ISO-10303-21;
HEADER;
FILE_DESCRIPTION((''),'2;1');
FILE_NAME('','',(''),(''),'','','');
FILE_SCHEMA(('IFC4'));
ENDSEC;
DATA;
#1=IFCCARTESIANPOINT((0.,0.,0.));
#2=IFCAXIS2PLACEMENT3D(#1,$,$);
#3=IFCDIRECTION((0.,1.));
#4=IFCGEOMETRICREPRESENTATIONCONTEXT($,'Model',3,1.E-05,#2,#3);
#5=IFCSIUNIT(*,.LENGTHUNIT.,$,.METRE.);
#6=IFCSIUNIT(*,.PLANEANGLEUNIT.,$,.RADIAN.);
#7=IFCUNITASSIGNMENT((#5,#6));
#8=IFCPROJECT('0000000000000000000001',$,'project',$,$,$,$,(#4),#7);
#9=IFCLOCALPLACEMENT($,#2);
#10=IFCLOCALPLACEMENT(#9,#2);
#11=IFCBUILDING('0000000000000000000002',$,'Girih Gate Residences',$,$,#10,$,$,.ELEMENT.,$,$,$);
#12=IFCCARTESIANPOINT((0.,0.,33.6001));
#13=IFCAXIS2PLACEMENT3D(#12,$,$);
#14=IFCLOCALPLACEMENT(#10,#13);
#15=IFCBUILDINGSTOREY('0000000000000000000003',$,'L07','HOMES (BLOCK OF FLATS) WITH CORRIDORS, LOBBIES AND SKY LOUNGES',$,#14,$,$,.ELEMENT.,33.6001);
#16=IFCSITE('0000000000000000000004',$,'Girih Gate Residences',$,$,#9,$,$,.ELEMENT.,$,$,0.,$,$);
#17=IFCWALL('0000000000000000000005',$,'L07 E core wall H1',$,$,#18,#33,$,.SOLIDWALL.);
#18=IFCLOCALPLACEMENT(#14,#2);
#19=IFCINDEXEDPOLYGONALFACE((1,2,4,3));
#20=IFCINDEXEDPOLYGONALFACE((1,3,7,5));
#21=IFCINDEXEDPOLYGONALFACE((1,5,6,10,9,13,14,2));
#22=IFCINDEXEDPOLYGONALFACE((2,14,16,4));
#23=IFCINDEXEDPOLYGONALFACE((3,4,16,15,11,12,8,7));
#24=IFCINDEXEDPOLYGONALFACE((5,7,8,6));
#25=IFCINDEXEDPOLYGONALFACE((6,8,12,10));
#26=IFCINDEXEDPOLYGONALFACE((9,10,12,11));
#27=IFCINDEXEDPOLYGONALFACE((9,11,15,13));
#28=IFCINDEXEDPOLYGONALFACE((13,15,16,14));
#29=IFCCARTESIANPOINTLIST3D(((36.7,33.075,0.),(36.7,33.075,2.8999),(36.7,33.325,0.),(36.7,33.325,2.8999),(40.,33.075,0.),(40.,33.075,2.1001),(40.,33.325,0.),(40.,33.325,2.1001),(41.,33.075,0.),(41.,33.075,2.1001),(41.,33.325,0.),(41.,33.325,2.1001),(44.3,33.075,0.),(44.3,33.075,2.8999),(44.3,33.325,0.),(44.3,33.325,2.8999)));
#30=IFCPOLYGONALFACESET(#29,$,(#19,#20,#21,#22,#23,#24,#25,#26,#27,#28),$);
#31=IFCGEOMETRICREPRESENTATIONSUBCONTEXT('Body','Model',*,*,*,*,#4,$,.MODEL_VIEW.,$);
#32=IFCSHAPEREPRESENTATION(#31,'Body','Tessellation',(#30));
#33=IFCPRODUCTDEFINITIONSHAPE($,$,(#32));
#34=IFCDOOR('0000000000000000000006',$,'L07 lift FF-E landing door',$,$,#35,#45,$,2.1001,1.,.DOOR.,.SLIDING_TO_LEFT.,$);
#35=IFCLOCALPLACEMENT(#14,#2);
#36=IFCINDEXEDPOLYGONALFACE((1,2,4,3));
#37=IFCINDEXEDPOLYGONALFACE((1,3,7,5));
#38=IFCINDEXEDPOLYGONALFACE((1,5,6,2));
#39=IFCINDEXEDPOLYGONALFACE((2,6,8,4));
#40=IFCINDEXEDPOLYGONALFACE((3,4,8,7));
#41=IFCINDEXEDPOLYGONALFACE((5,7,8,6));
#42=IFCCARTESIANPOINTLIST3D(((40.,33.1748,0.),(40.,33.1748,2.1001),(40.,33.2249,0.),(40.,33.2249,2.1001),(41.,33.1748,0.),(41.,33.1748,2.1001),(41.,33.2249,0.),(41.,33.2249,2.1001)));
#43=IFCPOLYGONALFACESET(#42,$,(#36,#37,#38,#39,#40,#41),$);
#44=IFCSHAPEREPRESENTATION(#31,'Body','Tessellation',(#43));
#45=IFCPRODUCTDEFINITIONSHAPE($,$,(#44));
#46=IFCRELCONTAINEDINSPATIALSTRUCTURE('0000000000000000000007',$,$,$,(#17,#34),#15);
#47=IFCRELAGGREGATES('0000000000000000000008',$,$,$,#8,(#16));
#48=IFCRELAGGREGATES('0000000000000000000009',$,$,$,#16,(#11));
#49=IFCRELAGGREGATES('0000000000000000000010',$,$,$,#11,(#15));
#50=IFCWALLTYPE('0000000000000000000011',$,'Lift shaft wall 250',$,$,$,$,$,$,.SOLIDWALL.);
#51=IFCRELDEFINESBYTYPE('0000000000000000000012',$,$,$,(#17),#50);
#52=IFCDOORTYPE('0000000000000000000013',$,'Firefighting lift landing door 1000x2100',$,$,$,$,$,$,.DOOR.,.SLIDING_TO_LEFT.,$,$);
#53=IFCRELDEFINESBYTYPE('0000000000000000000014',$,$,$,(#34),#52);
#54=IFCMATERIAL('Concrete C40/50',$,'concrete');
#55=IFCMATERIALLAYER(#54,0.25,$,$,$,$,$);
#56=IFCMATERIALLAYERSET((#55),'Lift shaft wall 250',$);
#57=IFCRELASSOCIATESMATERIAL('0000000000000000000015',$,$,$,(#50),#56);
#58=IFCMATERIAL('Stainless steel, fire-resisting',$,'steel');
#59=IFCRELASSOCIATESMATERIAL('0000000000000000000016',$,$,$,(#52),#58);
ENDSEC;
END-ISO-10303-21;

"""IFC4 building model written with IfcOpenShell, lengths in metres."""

from ifc_helpers import new_model, si_unit, direction, frame, frame_2d, origin, place, context, subcontext, project, spatial, rectangle, extrude, material, layer, layer_set, type_object, element, fill, save


model = new_model("IFC4")

# Units and contexts
model_context = context("Model", 3, precision=1e-05, world=origin(), true_north=direction((0.0, 1.0)))
body_context = subcontext(model_context, "Body", "Model", "MODEL_VIEW")
ifc_project = project(units=[si_unit("LENGTHUNIT", "METRE"), si_unit("PLANEANGLEUNIT", "RADIAN")], contexts=[model_context])

# Site, building, storey
site_placement = place(None, origin())
site = spatial("IfcSite", under=ifc_project, at=site_placement, Name="Girih Gate Residences", CompositionType="ELEMENT", RefElevation=0.0)
building_placement = place(site_placement, origin())
building = spatial("IfcBuilding", under=site, at=building_placement, Name="Girih Gate Residences", CompositionType="ELEMENT")
storey_placement = place(building_placement, frame((0.0, 0.0, 33.6001)))
storey = spatial("IfcBuildingStorey", under=building, at=storey_placement, Name="L07", Description="HOMES (BLOCK OF FLATS) WITH CORRIDORS, LOBBIES AND SKY LOUNGES", CompositionType="ELEMENT", Elevation=33.6001)

# Wall, opening, door
ifc_material_1 = material(Name="Concrete C40/50", Category="concrete")
ifc_layer_1 = layer(ifc_material_1, 0.25)
ifc_layer_set_1 = layer_set([ifc_layer_1], Name="Lift shaft wall 250")
wall_type_1 = type_object("IfcWallType", Name="Lift shaft wall 250", PredefinedType="SOLIDWALL", material=ifc_layer_set_1)
wall_1_placement = place(storey_placement, frame((36.7, 33.2, 0.0), z_axis=(0.0, 0.0, 1.0), x_axis=(1.0, 0.0, 0.0)))
wall_1 = element("IfcWall", 1, at=wall_1_placement, inside=storey, type_object=wall_type_1, Name="L07 E core wall H1", PredefinedType="SOLIDWALL", context=body_context, shape_type="SweptSolid", body=[
    extrude(rectangle(XDim=7.6001, YDim=0.25, at=frame_2d((3.8, 0.0))), origin(), (0.0, 0.0, 1.0), 2.8999),
])
opening_1_placement = place(wall_1_placement, frame((3.3, 0.0, 0.0)))
opening_1 = element("IfcOpeningElement", 2, at=opening_1_placement, cuts=wall_1, PredefinedType="OPENING", context=body_context, shape_type="SweptSolid", body=[
    extrude(rectangle(XDim=1.0, YDim=2.1001, at=frame_2d((0.5, 1.05))), frame((0.0, 0.135, 0.0), z_axis=(0.0, -1.0, 0.0), x_axis=(1.0, 0.0, 0.0)), (0.0, 0.0, 1.0), 0.27),
])
ifc_material_2 = material(Name="Stainless steel, fire-resisting", Category="steel")
door_type_1 = type_object("IfcDoorType", Name="Firefighting lift landing door 1000x2100", OperationType="SLIDING_TO_LEFT", PredefinedType="DOOR", material=ifc_material_2)
door_1_placement = place(opening_1_placement, origin())
door_1 = element("IfcDoor", 3, at=door_1_placement, inside=storey, type_object=door_type_1, Name="L07 lift FF-E landing door", OperationType="SLIDING_TO_LEFT", OverallHeight=2.1001, OverallWidth=1.0, PredefinedType="DOOR", context=body_context, shape_type="SweptSolid", body=[
    extrude(rectangle(XDim=1.0, YDim=2.1001, at=frame_2d((0.5, 1.05))), frame((0.0, 0.0249, 0.0), z_axis=(0.0, -1.0, 0.0), x_axis=(1.0, 0.0, 0.0)), (0.0, 0.0, 1.0), 0.05),
])
fill(opening_1, door_1)

save(model, "model.ifc")
